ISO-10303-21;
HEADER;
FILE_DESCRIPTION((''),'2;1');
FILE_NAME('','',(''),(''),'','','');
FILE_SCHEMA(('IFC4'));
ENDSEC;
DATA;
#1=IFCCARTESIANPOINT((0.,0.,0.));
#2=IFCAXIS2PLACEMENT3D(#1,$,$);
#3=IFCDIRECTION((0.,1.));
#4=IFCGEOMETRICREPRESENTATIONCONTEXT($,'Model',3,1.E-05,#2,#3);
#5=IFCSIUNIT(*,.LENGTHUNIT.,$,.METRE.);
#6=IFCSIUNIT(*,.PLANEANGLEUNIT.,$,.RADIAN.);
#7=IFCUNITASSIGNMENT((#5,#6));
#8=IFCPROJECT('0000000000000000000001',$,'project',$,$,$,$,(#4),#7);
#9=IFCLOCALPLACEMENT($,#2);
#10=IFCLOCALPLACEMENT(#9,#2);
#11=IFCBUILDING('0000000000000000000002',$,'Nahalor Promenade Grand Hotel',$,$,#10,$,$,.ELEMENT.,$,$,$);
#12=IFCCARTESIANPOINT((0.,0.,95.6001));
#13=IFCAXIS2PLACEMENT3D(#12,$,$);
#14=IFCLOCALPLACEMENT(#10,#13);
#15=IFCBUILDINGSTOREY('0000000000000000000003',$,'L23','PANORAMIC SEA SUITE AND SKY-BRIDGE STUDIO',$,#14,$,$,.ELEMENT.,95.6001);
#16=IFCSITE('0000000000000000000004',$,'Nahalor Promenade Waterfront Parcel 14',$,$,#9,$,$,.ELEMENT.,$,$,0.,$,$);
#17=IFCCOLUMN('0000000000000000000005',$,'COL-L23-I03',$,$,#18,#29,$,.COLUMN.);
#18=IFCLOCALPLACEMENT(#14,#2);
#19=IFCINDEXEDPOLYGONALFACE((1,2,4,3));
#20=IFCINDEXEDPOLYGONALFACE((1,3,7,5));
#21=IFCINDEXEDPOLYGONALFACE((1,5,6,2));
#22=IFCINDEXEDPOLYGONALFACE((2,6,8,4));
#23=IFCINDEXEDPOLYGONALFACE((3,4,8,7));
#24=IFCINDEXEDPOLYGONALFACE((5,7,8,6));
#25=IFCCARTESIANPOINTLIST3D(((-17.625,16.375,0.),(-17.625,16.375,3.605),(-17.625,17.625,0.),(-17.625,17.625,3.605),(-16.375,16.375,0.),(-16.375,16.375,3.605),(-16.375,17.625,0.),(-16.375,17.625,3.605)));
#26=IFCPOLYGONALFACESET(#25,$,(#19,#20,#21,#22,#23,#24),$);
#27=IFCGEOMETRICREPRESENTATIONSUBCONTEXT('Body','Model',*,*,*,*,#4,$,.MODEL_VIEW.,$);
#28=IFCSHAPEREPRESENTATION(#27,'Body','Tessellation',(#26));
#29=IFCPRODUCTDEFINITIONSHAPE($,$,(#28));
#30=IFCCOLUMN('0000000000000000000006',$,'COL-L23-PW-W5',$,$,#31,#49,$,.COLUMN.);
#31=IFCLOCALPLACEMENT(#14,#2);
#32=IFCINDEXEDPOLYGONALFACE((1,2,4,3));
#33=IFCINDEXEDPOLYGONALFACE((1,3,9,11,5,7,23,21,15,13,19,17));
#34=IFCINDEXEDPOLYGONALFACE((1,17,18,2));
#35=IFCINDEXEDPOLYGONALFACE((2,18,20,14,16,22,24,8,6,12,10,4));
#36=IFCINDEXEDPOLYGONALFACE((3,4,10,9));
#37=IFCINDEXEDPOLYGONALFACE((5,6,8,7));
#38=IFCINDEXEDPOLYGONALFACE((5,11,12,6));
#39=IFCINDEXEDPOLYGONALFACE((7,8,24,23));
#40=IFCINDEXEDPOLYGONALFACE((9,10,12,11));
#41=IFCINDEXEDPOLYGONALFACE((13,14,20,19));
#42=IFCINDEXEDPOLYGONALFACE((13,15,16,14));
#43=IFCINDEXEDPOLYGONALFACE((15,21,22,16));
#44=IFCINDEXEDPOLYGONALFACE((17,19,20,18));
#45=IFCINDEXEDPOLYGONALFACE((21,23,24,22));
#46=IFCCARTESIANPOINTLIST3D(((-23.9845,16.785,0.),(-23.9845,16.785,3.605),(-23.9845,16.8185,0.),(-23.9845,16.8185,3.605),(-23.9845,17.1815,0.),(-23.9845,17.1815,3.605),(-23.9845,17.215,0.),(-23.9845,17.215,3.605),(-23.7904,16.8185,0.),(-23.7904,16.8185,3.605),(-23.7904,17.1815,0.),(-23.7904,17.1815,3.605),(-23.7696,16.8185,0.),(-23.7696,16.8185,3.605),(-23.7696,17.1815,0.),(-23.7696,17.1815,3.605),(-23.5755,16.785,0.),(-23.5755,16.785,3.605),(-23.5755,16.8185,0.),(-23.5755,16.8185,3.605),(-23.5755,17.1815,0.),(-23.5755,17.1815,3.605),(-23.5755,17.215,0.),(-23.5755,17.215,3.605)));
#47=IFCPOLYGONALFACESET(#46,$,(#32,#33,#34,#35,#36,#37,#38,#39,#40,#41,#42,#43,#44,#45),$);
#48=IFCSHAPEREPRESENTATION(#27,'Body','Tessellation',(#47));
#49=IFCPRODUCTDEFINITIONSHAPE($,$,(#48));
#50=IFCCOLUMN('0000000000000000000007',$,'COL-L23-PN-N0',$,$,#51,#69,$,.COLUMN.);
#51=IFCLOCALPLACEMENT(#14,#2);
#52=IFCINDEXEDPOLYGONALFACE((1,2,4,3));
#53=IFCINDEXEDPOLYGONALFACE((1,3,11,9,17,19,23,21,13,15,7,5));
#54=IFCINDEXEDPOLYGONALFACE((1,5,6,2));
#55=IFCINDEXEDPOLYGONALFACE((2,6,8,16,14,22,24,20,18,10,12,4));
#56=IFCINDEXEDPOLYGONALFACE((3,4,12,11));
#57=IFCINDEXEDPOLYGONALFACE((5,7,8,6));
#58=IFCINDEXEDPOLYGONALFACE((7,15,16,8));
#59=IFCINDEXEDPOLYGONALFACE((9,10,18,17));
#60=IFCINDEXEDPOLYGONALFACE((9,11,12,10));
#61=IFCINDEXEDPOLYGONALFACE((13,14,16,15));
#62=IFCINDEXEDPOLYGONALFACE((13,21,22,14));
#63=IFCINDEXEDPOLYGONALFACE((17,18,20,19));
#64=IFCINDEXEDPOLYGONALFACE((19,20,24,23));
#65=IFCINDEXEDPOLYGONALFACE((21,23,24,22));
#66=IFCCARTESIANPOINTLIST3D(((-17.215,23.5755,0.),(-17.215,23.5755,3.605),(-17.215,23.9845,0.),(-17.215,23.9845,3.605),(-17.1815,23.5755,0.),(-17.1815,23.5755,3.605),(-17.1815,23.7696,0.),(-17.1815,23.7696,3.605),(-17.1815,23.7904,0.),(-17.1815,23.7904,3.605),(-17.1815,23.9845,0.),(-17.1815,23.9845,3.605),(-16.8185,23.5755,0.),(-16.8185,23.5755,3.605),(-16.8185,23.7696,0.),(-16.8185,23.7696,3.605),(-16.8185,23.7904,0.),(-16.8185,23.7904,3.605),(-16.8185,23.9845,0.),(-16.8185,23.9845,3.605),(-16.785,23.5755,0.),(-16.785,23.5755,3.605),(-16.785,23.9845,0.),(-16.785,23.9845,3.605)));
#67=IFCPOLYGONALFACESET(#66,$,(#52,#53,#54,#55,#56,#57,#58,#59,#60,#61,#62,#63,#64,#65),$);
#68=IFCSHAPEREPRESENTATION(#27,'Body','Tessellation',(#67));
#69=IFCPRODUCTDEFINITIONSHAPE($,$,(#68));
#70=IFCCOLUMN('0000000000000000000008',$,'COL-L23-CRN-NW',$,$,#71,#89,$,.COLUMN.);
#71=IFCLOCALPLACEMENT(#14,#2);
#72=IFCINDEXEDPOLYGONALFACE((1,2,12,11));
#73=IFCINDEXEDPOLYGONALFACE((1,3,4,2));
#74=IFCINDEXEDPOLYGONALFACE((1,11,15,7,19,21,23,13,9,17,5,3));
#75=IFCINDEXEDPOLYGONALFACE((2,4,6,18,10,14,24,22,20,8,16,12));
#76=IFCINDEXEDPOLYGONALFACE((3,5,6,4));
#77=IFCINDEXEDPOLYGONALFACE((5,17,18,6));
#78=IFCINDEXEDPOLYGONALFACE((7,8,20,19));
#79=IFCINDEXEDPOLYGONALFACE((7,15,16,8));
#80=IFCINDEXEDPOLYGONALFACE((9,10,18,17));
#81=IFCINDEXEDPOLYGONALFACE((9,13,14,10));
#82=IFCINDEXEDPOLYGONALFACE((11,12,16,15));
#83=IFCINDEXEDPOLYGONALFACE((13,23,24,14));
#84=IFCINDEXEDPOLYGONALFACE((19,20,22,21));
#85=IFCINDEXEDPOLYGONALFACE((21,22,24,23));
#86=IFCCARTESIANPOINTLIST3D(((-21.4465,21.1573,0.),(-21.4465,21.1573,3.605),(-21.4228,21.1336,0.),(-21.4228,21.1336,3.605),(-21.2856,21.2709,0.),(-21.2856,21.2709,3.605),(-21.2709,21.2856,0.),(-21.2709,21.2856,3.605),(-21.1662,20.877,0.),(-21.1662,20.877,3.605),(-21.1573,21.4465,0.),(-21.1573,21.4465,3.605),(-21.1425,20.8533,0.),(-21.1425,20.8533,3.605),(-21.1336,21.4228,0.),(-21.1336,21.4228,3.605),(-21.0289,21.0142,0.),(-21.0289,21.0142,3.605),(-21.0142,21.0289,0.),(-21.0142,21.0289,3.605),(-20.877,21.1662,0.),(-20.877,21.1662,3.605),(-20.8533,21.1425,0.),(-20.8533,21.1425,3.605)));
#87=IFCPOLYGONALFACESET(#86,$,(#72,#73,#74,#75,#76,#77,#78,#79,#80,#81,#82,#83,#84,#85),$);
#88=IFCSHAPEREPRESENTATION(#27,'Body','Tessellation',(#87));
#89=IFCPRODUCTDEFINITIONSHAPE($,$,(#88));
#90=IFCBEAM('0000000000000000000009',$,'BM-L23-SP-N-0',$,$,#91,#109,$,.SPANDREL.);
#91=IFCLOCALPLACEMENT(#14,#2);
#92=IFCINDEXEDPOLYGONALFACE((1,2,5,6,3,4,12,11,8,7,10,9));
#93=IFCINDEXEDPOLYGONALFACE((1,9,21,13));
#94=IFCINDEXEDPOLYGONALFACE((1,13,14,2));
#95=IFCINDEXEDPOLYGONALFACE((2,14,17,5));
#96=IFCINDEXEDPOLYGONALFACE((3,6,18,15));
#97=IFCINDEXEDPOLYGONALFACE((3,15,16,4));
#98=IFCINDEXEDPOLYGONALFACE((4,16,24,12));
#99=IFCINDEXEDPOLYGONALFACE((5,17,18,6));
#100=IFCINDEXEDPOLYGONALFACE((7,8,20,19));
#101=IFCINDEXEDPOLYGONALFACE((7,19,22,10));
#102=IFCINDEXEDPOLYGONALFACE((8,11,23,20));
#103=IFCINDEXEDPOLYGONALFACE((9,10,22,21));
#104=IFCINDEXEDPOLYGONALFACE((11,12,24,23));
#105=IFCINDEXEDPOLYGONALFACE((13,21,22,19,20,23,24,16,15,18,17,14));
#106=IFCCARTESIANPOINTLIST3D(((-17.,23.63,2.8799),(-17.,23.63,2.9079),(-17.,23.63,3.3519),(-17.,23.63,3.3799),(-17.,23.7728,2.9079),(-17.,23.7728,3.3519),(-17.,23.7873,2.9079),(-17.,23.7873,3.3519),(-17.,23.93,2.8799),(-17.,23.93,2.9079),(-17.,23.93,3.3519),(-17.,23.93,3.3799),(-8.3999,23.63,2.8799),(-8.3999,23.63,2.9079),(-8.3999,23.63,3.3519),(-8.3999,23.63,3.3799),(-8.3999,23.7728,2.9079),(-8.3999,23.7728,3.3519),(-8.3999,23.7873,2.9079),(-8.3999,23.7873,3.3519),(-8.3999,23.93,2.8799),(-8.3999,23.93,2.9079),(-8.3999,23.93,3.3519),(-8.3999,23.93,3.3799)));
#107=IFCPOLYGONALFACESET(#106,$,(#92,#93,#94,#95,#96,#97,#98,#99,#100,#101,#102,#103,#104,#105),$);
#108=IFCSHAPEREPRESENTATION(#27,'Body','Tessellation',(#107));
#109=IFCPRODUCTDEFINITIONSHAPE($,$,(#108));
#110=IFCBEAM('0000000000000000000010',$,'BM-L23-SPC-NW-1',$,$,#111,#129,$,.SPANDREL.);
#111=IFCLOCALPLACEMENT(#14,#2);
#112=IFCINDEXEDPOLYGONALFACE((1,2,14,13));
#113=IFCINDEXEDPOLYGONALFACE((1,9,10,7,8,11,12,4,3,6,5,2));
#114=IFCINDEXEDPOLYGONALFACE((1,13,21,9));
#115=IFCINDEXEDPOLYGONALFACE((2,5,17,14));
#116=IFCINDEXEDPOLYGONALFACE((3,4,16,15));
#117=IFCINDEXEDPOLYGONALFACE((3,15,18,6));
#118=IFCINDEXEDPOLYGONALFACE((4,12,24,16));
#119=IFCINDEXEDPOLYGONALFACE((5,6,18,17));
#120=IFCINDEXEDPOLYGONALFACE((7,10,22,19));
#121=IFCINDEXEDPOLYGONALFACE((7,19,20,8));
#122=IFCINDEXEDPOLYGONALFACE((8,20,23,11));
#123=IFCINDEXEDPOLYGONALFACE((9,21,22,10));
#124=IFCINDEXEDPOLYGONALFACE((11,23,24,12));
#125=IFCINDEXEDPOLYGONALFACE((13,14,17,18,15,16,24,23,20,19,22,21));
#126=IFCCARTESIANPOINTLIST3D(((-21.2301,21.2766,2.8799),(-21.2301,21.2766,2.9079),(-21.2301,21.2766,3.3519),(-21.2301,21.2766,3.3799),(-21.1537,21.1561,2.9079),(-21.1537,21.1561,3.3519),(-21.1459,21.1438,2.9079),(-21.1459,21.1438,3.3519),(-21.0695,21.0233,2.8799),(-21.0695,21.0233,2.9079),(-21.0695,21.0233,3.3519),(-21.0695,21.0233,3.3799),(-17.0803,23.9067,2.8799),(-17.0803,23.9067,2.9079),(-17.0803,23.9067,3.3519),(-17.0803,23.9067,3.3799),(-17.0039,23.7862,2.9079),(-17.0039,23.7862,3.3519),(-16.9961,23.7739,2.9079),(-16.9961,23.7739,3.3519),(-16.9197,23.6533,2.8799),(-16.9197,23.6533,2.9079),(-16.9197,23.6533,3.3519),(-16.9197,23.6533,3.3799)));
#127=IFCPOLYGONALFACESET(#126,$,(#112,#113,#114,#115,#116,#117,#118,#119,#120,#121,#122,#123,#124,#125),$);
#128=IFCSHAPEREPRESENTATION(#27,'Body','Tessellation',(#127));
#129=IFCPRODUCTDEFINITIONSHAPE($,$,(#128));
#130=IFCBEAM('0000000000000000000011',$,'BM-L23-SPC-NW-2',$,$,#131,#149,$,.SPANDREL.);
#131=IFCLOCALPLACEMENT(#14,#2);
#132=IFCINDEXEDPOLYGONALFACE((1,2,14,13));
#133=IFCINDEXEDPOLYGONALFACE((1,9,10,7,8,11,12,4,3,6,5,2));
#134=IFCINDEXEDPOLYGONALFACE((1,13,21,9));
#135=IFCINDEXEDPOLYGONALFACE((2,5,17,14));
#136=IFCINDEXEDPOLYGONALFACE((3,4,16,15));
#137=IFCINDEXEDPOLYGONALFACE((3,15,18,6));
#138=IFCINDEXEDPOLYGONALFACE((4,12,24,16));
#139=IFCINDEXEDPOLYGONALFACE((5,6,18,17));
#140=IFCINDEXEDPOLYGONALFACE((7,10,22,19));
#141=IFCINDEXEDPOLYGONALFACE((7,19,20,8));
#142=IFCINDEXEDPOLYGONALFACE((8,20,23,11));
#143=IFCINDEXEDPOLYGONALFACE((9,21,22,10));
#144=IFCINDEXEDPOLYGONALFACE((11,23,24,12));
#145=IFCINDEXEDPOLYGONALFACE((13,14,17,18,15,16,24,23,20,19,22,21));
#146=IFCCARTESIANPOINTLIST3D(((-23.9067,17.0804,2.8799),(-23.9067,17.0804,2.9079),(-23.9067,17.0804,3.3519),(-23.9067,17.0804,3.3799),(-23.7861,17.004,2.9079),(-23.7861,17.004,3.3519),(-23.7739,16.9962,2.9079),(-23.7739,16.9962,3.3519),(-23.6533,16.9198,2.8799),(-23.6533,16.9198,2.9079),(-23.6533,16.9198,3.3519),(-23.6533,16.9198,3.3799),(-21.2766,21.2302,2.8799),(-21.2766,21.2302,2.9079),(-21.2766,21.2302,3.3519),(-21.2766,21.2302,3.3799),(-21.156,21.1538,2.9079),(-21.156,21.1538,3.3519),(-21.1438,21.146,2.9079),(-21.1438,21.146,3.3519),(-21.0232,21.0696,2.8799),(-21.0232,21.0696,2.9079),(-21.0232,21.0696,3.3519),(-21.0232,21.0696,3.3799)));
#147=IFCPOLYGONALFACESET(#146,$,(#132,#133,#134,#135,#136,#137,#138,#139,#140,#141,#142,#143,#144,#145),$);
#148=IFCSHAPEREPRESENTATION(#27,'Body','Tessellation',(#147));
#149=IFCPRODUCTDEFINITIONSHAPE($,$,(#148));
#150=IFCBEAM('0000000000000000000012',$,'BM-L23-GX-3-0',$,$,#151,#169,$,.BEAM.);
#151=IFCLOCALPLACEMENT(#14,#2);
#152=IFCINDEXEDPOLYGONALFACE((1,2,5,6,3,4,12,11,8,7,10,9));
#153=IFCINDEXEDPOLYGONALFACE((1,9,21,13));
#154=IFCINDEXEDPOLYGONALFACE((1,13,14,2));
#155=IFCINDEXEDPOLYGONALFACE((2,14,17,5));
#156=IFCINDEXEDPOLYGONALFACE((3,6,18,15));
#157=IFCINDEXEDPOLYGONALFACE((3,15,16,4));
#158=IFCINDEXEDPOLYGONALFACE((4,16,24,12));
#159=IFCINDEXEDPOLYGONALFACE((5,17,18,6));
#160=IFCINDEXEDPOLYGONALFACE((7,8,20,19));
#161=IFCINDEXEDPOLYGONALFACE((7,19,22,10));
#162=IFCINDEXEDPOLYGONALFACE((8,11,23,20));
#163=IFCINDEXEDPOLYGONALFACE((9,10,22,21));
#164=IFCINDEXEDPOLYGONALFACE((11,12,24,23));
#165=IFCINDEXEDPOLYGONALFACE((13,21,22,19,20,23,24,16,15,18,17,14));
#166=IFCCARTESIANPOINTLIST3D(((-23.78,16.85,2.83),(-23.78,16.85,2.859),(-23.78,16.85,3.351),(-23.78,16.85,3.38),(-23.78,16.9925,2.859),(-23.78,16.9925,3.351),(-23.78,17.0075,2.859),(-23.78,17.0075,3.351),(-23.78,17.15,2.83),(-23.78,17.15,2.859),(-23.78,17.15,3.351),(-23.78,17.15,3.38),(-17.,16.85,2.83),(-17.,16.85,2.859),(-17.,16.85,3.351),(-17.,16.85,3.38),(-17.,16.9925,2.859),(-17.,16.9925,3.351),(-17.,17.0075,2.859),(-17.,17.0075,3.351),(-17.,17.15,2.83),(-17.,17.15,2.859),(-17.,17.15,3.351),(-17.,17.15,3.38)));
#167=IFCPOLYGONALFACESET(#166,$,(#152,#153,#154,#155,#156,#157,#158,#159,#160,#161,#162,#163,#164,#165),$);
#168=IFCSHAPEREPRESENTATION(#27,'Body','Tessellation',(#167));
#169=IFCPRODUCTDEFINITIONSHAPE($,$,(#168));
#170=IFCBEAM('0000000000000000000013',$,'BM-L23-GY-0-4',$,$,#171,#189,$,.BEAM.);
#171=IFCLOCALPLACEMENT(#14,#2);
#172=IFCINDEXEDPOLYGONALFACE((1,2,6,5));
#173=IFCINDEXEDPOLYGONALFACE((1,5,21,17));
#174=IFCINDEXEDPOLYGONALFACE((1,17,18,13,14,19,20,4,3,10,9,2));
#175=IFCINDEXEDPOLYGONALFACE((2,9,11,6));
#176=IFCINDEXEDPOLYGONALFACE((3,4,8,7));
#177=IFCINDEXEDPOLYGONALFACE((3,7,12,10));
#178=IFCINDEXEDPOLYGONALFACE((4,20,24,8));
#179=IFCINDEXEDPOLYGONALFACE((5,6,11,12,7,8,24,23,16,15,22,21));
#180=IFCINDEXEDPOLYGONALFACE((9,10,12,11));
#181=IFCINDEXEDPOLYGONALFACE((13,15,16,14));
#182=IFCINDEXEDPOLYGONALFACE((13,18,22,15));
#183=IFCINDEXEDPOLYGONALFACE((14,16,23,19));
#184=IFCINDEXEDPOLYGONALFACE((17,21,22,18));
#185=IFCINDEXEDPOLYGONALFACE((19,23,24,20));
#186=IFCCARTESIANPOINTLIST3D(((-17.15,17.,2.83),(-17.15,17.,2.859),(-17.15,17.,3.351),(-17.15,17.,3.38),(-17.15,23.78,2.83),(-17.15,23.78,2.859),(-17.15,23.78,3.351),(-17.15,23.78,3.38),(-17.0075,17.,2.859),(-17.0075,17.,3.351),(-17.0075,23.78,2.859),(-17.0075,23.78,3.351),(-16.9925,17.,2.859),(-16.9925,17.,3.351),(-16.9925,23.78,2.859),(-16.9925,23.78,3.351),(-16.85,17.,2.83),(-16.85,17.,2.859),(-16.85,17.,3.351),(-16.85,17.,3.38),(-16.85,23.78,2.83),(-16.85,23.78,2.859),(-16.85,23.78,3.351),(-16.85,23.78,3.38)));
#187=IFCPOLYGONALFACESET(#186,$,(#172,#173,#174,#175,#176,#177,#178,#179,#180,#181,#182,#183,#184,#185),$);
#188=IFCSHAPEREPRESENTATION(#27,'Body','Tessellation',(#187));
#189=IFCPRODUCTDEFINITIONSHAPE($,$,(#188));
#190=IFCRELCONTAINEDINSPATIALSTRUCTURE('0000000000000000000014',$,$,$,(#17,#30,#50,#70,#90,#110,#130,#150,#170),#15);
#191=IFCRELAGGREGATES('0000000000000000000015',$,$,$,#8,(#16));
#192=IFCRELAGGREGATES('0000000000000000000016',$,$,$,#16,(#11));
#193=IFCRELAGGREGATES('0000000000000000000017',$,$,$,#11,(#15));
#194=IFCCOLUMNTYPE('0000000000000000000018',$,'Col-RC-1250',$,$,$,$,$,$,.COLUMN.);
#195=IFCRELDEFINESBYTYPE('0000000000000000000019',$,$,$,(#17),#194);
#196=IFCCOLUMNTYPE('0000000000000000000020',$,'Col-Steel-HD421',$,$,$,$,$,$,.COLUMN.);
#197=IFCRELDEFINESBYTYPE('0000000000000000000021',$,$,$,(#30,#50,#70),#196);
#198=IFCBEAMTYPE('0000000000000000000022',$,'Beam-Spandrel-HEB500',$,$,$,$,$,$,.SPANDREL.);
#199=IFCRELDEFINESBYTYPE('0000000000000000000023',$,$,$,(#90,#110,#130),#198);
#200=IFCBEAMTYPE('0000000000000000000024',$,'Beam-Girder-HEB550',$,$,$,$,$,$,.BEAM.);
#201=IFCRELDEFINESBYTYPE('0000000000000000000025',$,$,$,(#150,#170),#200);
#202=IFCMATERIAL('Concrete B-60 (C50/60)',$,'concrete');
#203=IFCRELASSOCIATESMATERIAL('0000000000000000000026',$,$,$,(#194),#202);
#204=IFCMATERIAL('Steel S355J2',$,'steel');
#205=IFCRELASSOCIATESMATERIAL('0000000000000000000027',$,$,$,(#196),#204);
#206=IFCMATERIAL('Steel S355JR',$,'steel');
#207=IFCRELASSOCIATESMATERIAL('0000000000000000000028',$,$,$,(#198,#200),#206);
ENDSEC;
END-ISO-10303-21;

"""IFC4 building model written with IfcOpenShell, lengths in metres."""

from ifc_helpers import new_model, si_unit, direction, frame, origin, origin_2d, place, context, subcontext, project, spatial, rectangle, i_section, extrude, source, transform, mapped, material, material_profile, profile_set, type_object, element, save


model = new_model("IFC4")

# Units and contexts
model_context = context("Model", 3, precision=1e-05, world=origin(), true_north=direction((0.0, 1.0)))
body_context = subcontext(model_context, "Body", "Model", "MODEL_VIEW")
ifc_project = project(units=[si_unit("LENGTHUNIT", "METRE"), si_unit("PLANEANGLEUNIT", "RADIAN")], contexts=[model_context])

# Site, building, storey
site_placement = place(None, origin())
site = spatial("IfcSite", under=ifc_project, at=site_placement, Name="Nahalor Promenade Waterfront Parcel 14", CompositionType="ELEMENT", RefElevation=0.0)
building_placement = place(site_placement, origin())
building = spatial("IfcBuilding", under=site, at=building_placement, Name="Nahalor Promenade Grand Hotel", CompositionType="ELEMENT")
storey_placement = place(building_placement, frame((0.0, 0.0, 95.6001)))
storey = spatial("IfcBuildingStorey", under=building, at=storey_placement, Name="L23", Description="PANORAMIC SEA SUITE AND SKY-BRIDGE STUDIO", CompositionType="ELEMENT", Elevation=95.6001)

# Columns
ifc_material_1 = material(Name="Concrete B-60 (C50/60)", Category="concrete")
ifc_material_profile_1 = material_profile(ifc_material_1, rectangle(XDim=1.25, YDim=1.25, at=origin_2d()), Name="RC 1250x1250")
ifc_profile_set_1 = profile_set([ifc_material_profile_1], Name="Concrete B-60 (C50/60)")
column_type_1 = type_object("IfcColumnType", Name="Col-RC-1250", PredefinedType="COLUMN", material=ifc_profile_set_1)
shared_shape_1 = source(origin(), body_context, "Body", "SweptSolid", [
    extrude(rectangle(XDim=1.25, YDim=1.25, at=origin_2d()), origin(), (0.0, 0.0, 1.0), 3.605),
])
column_placement = place(storey_placement, frame((-17.0, 17.0, 0.0), z_axis=(0.0, 0.0, 1.0), x_axis=(1.0, 0.0, 0.0)))
element("IfcColumn", 1, at=column_placement, inside=storey, type_object=column_type_1, Name="COL-L23-I03", PredefinedType="COLUMN", context=body_context, shape_type="MappedRepresentation", body=[
    mapped(shared_shape_1, transform((0.0, 0.0, 0.0), scale=1.0)),
])
ifc_material_2 = material(Name="Steel S355J2", Category="steel")
ifc_material_profile_2 = material_profile(ifc_material_2, i_section(OverallWidth=0.409, OverallDepth=0.43, WebThickness=0.0208, FlangeThickness=0.0335, at=origin_2d()), Name="HD 400x421")
ifc_profile_set_2 = profile_set([ifc_material_profile_2], Name="Steel S355J2")
column_type_2 = type_object("IfcColumnType", Name="Col-Steel-HD421", PredefinedType="COLUMN", material=ifc_profile_set_2)
shared_shape_2 = source(origin(), body_context, "Body", "SweptSolid", [
    extrude(i_section(OverallWidth=0.409, OverallDepth=0.43, WebThickness=0.0208, FlangeThickness=0.0335, at=origin_2d()), origin(), (0.0, 0.0, 1.0), 3.605),
])
for number, where, z_axis, x_axis, name in (
    (2, (-23.78, 17.0, 0.0), (0.0, 0.0, 1.0), (1.0, 0.0, 0.0), "COL-L23-PW-W5"),
    (3, (-17.0, 23.78, 0.0), (0.0, 0.0, 1.0), (0.0, 1.0, 0.0), "COL-L23-PN-N0"),
    (4, (-21.1499, 21.1499, 0.0), (0.0, 0.0, 1.0), (0.707107, 0.707107, 0.0), "COL-L23-CRN-NW"),
):
    element("IfcColumn", number, at=place(storey_placement, frame(where, z_axis=z_axis, x_axis=x_axis)), inside=storey, type_object=column_type_2, Name=name, PredefinedType="COLUMN", context=body_context, shape_type="MappedRepresentation", body=[
        mapped(shared_shape_2, transform((0.0, 0.0, 0.0), scale=1.0)),
    ])

# Beams
ifc_material_3 = material(Name="Steel S355JR", Category="steel")
ifc_material_profile_3 = material_profile(ifc_material_3, i_section(OverallWidth=0.3, OverallDepth=0.5, WebThickness=0.0145, FlangeThickness=0.028, at=origin_2d()), Name="HEB 500")
ifc_profile_set_3 = profile_set([ifc_material_profile_3], Name="Steel S355JR")
beam_type_1 = type_object("IfcBeamType", Name="Beam-Spandrel-HEB500", PredefinedType="SPANDREL", material=ifc_profile_set_3)
shared_shape_3 = source(origin(), body_context, "Body", "SweptSolid", [
    extrude(i_section(OverallWidth=0.3, OverallDepth=0.5, WebThickness=0.0145, FlangeThickness=0.028, at=origin_2d()), origin(), (0.0, 0.0, 1.0), 8.6001),
])
beam_1_placement = place(storey_placement, frame((-17.0, 23.78, 3.1299), z_axis=(1.0, 0.0, 0.0), x_axis=(0.0, 1.0, 0.0)))
element("IfcBeam", 5, at=beam_1_placement, inside=storey, type_object=beam_type_1, Name="BM-L23-SP-N-0", PredefinedType="SPANDREL", context=body_context, shape_type="MappedRepresentation", body=[
    mapped(shared_shape_3, transform((0.0, 0.0, 0.0), scale=1.0)),
])
shared_shape_4 = source(origin(), body_context, "Body", "SweptSolid", [
    extrude(i_section(OverallWidth=0.3, OverallDepth=0.5, WebThickness=0.0145, FlangeThickness=0.028, at=origin_2d()), origin(), (0.0, 0.0, 1.0), 4.9131),
])
for number, where, z_axis, x_axis, name in (
    (6, (-17.0, 23.78, 3.1299), (-0.844648, -0.535322, 0.0), (0.535322, -0.844648, 0.0), "BM-L23-SPC-NW-1"),
    (7, (-21.1499, 21.1499, 3.1299), (-0.535322, -0.844648, 0.0), (0.844648, -0.535322, 0.0), "BM-L23-SPC-NW-2"),
):
    element("IfcBeam", number, at=place(storey_placement, frame(where, z_axis=z_axis, x_axis=x_axis)), inside=storey, type_object=beam_type_1, Name=name, PredefinedType="SPANDREL", context=body_context, shape_type="MappedRepresentation", body=[
        mapped(shared_shape_4, transform((0.0, 0.0, 0.0), scale=1.0)),
    ])
ifc_material_profile_4 = material_profile(ifc_material_3, i_section(OverallWidth=0.3, OverallDepth=0.55, WebThickness=0.015, FlangeThickness=0.029, at=origin_2d()), Name="HEB 550")
ifc_profile_set_4 = profile_set([ifc_material_profile_4], Name="Steel S355JR")
beam_type_2 = type_object("IfcBeamType", Name="Beam-Girder-HEB550", PredefinedType="BEAM", material=ifc_profile_set_4)
shared_shape_5 = source(origin(), body_context, "Body", "SweptSolid", [
    extrude(i_section(OverallWidth=0.3, OverallDepth=0.55, WebThickness=0.015, FlangeThickness=0.029, at=origin_2d()), origin(), (0.0, 0.0, 1.0), 6.78),
])
for number, where, z_axis, x_axis, name in (
    (8, (-23.78, 17.0, 3.105), (1.0, 0.0, 0.0), (0.0, 1.0, 0.0), "BM-L23-GX-3-0"),
    (9, (-17.0, 17.0, 3.105), (0.0, 1.0, 0.0), (-1.0, 0.0, 0.0), "BM-L23-GY-0-4"),
):
    element("IfcBeam", number, at=place(storey_placement, frame(where, z_axis=z_axis, x_axis=x_axis)), inside=storey, type_object=beam_type_2, Name=name, PredefinedType="BEAM", context=body_context, shape_type="MappedRepresentation", body=[
        mapped(shared_shape_5, transform((0.0, 0.0, 0.0), scale=1.0)),
    ])

save(model, "model.ifc")
